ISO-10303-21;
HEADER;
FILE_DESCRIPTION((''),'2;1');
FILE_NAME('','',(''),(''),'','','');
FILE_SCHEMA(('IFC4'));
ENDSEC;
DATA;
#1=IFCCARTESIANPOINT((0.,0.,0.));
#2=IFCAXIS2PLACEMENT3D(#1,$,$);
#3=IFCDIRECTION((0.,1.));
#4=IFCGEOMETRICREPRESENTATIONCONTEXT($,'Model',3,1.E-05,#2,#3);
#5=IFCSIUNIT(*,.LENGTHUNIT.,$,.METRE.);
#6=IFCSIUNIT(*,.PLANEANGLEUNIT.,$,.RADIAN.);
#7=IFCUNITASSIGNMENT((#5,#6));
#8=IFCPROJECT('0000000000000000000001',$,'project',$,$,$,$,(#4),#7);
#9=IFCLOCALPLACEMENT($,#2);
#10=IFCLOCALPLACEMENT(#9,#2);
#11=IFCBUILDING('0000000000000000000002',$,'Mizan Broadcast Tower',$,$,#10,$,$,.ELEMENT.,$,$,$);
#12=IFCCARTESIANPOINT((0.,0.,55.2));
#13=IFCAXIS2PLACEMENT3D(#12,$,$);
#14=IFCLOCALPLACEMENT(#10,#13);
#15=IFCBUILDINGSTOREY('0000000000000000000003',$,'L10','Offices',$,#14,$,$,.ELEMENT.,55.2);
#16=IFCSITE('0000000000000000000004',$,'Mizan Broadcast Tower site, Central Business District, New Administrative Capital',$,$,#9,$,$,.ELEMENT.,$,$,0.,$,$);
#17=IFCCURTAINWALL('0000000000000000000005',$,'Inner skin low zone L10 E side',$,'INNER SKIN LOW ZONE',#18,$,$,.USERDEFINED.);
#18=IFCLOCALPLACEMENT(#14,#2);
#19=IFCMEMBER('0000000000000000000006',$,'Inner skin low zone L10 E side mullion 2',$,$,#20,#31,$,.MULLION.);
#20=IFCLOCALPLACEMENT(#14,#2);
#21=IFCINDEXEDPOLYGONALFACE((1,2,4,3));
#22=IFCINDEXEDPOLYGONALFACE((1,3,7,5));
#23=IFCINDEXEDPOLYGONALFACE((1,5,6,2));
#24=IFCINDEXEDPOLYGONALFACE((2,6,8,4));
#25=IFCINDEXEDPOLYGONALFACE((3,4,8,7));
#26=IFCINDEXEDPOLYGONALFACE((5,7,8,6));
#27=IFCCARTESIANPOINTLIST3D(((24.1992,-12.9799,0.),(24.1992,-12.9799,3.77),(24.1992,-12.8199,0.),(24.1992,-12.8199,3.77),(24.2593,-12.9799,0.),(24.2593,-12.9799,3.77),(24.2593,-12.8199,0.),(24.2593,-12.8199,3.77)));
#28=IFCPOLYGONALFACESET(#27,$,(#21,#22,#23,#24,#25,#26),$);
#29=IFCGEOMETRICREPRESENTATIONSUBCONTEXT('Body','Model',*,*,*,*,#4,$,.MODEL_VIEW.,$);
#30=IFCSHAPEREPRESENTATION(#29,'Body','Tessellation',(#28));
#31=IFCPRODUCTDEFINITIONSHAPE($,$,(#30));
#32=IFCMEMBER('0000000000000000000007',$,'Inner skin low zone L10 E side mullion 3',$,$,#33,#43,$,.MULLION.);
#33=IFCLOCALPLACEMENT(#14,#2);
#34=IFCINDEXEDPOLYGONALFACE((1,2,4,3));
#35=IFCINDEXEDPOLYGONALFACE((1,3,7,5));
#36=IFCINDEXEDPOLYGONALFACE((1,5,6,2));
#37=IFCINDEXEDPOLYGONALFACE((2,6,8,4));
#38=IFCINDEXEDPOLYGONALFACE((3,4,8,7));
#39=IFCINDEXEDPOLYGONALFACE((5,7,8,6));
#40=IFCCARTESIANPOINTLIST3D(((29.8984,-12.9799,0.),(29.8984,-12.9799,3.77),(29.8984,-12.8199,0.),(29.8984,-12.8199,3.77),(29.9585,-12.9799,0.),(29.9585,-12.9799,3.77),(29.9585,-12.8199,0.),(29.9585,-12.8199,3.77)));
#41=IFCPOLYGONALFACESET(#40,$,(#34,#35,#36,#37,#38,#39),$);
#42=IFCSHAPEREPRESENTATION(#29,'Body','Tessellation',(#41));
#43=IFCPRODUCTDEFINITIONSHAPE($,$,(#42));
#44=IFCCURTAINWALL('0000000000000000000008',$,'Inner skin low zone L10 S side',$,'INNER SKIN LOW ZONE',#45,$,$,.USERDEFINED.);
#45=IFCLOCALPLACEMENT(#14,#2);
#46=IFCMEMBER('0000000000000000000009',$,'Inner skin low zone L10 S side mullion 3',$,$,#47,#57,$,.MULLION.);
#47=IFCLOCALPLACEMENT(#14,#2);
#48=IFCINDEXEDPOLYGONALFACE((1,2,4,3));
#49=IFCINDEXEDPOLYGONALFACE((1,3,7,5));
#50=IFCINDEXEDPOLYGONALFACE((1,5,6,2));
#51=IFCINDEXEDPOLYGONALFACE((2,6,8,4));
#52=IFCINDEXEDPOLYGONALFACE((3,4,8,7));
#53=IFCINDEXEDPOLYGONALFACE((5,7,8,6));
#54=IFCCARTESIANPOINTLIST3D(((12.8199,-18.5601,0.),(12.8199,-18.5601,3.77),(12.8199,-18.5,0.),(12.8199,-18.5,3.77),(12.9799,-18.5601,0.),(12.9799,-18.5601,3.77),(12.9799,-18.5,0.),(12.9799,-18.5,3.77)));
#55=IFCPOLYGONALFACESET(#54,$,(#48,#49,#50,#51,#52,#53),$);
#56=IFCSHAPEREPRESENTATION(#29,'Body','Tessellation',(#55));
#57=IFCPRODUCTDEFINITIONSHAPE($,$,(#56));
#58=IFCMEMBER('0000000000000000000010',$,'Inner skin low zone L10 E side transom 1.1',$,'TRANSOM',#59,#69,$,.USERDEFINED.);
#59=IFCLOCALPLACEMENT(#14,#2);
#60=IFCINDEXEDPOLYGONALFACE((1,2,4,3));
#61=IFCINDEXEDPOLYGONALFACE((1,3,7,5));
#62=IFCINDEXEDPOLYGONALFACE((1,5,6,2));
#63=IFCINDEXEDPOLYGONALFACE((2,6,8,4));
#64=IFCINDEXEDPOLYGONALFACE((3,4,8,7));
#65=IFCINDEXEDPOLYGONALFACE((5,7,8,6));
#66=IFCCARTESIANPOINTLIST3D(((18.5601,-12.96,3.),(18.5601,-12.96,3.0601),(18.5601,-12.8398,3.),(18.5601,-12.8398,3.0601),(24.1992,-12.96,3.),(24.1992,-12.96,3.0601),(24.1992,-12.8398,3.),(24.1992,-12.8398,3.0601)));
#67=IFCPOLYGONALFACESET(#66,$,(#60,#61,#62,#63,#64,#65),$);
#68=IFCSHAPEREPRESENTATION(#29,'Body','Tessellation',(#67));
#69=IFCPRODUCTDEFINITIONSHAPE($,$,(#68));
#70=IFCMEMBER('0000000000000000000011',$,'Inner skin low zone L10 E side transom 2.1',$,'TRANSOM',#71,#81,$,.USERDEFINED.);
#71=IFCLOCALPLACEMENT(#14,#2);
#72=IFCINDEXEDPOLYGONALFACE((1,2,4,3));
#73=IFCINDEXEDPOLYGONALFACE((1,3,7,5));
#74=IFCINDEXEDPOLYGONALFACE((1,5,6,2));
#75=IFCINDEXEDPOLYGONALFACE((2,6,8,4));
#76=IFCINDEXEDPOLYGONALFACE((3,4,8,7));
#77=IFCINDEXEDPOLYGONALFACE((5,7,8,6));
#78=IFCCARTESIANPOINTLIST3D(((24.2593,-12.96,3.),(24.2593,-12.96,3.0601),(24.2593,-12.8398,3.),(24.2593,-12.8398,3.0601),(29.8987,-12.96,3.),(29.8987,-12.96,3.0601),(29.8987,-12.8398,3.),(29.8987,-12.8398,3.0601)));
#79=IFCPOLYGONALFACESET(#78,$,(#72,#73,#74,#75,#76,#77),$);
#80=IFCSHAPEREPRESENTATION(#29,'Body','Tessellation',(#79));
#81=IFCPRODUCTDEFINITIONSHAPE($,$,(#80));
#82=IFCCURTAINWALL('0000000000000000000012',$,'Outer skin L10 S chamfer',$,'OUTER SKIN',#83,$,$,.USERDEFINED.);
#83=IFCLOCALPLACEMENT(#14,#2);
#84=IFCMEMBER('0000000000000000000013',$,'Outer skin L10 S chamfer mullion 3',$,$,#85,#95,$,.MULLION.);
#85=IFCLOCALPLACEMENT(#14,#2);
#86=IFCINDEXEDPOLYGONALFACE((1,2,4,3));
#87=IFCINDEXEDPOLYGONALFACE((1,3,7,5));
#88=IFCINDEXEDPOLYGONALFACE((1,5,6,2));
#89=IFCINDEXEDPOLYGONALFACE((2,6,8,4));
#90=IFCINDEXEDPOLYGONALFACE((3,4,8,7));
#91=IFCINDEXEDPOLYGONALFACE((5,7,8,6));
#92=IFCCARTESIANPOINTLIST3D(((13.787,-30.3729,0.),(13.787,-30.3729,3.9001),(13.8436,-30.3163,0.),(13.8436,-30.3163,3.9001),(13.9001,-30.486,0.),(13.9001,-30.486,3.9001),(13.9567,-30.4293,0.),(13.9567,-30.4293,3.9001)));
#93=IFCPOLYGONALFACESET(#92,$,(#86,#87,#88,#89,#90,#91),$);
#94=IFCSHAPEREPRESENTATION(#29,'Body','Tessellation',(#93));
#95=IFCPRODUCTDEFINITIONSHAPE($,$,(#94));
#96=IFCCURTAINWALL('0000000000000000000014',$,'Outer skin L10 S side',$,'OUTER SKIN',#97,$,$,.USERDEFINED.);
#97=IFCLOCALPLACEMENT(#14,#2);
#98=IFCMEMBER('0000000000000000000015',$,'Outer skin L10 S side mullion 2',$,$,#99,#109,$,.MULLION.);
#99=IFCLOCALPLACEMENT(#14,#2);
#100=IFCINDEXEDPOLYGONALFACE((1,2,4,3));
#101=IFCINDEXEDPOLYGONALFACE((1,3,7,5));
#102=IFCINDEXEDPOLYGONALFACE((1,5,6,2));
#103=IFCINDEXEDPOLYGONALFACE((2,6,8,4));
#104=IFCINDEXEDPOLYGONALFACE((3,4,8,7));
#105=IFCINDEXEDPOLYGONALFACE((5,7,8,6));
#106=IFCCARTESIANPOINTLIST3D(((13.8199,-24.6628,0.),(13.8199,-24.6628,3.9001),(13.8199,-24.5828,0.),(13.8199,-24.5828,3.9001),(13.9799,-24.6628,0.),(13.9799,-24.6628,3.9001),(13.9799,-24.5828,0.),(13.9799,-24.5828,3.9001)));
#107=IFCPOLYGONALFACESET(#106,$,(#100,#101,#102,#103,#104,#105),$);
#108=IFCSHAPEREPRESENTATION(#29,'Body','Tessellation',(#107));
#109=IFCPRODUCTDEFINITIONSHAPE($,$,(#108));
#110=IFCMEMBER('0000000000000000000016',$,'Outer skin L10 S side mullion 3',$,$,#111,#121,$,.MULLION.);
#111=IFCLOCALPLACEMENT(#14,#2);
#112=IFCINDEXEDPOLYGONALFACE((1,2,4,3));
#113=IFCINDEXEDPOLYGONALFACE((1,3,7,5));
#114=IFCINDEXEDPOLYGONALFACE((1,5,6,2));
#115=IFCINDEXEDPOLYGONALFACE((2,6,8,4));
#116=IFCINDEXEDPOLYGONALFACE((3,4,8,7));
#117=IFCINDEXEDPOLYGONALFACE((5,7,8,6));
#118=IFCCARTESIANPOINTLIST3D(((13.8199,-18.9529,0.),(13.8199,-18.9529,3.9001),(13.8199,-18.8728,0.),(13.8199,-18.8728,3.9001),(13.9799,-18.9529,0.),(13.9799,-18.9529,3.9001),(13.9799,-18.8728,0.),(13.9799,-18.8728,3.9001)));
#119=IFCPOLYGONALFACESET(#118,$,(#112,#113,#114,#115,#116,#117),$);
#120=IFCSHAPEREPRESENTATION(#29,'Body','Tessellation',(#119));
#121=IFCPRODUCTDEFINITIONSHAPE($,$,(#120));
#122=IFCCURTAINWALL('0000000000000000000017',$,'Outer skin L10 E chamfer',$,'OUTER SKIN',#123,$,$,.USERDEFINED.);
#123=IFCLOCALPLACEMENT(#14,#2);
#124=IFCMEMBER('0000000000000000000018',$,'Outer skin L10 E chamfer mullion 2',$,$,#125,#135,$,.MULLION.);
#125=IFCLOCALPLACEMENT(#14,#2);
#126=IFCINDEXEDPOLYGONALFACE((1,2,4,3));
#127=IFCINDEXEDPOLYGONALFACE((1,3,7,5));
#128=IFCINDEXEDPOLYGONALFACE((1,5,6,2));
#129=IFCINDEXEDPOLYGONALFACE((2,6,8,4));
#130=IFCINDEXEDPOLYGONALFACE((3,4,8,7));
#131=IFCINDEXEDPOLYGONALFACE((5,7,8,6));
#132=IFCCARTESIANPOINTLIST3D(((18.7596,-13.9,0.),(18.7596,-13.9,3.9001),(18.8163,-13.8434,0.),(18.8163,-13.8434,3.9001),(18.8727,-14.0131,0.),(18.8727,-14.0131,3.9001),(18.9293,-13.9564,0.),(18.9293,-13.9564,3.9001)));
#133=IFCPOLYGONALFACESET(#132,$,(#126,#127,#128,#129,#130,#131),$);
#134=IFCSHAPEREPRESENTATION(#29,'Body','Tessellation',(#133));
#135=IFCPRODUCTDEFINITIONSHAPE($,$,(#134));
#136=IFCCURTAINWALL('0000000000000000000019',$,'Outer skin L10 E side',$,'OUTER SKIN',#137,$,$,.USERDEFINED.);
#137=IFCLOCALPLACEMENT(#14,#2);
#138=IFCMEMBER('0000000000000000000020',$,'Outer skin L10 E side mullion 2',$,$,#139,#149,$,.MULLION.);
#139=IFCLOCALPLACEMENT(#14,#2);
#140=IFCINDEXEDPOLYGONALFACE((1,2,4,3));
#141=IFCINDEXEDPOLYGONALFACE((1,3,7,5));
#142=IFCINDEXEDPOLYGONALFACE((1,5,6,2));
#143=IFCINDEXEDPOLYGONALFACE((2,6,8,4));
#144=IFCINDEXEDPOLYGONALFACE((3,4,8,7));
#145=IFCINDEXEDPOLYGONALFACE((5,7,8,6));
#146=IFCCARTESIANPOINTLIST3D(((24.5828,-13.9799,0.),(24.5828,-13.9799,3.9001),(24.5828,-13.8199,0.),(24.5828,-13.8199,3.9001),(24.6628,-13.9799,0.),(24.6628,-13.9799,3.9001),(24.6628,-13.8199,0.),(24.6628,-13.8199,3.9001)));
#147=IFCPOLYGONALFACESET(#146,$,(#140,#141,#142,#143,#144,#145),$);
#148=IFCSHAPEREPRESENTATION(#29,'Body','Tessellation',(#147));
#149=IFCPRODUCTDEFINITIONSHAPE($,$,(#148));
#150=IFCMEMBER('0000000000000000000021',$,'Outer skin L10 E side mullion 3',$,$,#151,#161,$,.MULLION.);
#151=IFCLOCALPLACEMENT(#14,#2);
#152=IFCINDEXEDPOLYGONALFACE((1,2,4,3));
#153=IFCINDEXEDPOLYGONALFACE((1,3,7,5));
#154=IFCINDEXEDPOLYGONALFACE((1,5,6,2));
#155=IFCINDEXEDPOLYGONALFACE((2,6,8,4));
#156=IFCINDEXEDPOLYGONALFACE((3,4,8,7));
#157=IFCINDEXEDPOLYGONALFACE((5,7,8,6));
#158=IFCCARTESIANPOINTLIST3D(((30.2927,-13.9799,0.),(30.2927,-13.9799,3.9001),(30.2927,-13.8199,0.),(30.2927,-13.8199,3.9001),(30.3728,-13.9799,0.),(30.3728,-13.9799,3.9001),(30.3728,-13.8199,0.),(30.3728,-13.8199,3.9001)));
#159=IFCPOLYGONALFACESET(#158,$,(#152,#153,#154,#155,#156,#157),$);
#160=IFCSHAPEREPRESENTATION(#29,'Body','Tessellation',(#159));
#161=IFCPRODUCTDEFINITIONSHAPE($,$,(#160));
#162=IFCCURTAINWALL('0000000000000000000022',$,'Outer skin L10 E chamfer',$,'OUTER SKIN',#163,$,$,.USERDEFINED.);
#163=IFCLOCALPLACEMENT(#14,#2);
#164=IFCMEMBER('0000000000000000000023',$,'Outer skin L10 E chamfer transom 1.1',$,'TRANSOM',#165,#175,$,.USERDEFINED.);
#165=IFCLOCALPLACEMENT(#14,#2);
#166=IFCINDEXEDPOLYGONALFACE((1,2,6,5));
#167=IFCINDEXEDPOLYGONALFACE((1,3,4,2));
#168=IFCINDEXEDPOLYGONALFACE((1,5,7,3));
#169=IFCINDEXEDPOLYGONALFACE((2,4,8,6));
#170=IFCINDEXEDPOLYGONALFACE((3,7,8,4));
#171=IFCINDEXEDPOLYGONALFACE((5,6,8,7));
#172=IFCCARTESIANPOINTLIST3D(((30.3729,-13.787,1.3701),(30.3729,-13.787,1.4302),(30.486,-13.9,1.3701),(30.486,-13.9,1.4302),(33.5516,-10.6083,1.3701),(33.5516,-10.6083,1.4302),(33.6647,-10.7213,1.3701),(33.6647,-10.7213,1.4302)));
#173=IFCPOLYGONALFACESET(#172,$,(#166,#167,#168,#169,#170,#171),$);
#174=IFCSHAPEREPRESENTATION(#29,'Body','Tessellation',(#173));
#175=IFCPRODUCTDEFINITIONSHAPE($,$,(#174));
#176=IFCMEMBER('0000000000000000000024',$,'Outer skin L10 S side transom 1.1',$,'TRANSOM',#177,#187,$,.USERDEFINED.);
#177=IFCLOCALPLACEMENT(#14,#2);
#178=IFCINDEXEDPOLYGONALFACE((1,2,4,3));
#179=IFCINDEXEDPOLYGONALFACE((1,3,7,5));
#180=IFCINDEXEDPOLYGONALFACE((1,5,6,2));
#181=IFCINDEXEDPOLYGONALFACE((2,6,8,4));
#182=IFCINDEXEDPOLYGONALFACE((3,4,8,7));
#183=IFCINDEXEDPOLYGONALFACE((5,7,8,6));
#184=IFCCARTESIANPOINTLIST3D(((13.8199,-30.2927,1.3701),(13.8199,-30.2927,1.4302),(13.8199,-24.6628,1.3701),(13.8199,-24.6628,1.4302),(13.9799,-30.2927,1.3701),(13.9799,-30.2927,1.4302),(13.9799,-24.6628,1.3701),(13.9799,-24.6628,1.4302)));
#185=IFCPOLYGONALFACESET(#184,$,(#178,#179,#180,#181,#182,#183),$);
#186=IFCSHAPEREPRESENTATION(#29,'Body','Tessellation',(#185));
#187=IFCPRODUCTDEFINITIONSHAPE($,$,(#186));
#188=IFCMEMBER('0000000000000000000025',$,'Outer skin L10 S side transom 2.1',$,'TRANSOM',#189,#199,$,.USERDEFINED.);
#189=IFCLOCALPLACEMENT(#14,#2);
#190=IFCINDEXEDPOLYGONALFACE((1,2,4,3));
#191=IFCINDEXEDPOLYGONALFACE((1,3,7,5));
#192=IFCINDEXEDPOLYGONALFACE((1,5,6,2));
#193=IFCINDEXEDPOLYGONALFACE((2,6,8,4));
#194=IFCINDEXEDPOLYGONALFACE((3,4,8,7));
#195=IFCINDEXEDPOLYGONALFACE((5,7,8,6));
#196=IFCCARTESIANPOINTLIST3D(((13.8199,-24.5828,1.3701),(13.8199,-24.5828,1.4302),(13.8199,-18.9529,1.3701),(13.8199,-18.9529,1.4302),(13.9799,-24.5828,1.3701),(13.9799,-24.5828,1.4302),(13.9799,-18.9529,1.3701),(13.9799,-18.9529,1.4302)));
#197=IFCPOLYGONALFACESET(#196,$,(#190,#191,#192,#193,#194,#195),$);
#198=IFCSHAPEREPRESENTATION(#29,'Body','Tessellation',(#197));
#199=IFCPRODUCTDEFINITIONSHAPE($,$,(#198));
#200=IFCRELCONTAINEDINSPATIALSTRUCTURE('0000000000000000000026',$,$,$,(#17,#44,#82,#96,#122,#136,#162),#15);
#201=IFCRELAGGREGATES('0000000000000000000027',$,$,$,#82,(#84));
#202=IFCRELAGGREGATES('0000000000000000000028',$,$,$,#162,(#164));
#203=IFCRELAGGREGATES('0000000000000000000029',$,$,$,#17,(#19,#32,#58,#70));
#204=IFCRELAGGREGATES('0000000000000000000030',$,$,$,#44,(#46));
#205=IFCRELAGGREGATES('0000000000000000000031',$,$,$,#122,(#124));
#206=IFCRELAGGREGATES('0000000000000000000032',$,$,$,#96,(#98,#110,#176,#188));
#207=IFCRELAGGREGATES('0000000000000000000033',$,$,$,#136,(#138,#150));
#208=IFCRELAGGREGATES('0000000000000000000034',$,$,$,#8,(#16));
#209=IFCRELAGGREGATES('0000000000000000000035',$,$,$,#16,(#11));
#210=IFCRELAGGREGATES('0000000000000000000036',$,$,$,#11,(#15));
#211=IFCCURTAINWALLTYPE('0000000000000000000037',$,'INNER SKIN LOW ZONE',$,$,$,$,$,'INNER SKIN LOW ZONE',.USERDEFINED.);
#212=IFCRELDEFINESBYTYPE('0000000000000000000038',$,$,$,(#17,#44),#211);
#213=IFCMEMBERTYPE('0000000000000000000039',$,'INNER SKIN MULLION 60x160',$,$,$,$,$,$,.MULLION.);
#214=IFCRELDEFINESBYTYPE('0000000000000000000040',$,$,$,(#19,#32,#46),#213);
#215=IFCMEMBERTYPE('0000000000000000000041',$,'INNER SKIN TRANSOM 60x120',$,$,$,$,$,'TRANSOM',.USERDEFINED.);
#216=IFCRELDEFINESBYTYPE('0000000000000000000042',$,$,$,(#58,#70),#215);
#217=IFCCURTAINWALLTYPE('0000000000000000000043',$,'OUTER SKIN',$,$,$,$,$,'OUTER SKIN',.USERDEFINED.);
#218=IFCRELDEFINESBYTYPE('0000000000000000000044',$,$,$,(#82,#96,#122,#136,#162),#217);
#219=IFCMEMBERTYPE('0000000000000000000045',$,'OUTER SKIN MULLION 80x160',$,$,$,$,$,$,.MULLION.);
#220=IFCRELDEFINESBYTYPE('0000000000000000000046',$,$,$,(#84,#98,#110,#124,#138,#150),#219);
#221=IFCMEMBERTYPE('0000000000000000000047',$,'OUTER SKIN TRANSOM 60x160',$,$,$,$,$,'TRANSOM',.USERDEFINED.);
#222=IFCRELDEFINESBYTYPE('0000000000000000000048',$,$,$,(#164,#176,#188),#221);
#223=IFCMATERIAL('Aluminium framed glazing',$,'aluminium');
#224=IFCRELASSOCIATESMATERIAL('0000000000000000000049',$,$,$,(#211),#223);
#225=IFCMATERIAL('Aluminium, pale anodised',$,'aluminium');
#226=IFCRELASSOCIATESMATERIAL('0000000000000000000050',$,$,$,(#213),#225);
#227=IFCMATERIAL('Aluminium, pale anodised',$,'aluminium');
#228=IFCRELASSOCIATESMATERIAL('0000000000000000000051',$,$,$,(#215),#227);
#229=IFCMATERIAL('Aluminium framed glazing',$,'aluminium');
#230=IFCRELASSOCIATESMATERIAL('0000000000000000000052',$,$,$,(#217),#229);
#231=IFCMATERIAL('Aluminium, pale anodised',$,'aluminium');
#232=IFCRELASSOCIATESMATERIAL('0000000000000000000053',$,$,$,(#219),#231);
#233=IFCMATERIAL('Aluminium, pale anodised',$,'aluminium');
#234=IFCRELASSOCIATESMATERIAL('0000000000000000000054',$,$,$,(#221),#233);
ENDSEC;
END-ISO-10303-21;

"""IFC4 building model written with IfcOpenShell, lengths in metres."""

from ifc_helpers import new_model, si_unit, direction, frame, origin, origin_2d, place, context, subcontext, project, spatial, rectangle, extrude, material, material_profile, profile_set, type_object, element, aggregate, save


model = new_model("IFC4")

# Units and contexts
model_context = context("Model", 3, precision=1e-05, world=origin(), true_north=direction((0.0, 1.0)))
body_context = subcontext(model_context, "Body", "Model", "MODEL_VIEW")
ifc_project = project(units=[si_unit("LENGTHUNIT", "METRE"), si_unit("PLANEANGLEUNIT", "RADIAN")], contexts=[model_context])

# Site, building, storey
site_placement = place(None, origin())
site = spatial("IfcSite", under=ifc_project, at=site_placement, Name="Mizan Broadcast Tower site, Central Business District, New Administrative Capital", CompositionType="ELEMENT", RefElevation=0.0)
building_placement = place(site_placement, origin())
building = spatial("IfcBuilding", under=site, at=building_placement, Name="Mizan Broadcast Tower", CompositionType="ELEMENT")
storey_placement = place(building_placement, frame((0.0, 0.0, 55.2)))
storey = spatial("IfcBuildingStorey", under=building, at=storey_placement, Name="L10", Description="Offices", CompositionType="ELEMENT", Elevation=55.2)

# Curtain wall, members
ifc_material_1 = material(Name="Aluminium framed glazing", Category="aluminium")
curtain_wall_type_1 = type_object("IfcCurtainWallType", Name="INNER SKIN LOW ZONE", ElementType="INNER SKIN LOW ZONE", PredefinedType="USERDEFINED", material=ifc_material_1)
curtain_wall_1_placement = place(storey_placement, origin())
curtain_wall_1 = element("IfcCurtainWall", 1, at=curtain_wall_1_placement, inside=storey, type_object=curtain_wall_type_1, Name="Inner skin low zone L10 E side", ObjectType="INNER SKIN LOW ZONE", PredefinedType="USERDEFINED")
ifc_material_2 = material(Name="Aluminium, pale anodised", Category="aluminium")
ifc_material_profile_1 = material_profile(ifc_material_2, rectangle(XDim=0.1599, YDim=0.0601, at=origin_2d()), Name="MULLION 160x60")
ifc_profile_set_1 = profile_set([ifc_material_profile_1], Name="Aluminium, pale anodised")
member_type_1 = type_object("IfcMemberType", Name="INNER SKIN MULLION 60x160", PredefinedType="MULLION", material=ifc_profile_set_1)
member_1_placement = place(storey_placement, frame((24.2292, -12.8999, 0.0), z_axis=(0.0, 0.0, 1.0), x_axis=(0.0, 1.0, 0.0)))
member_1 = element("IfcMember", 2, at=member_1_placement, type_object=member_type_1, Name="Inner skin low zone L10 E side mullion 2", PredefinedType="MULLION", context=body_context, shape_type="SweptSolid", body=[
    extrude(rectangle(XDim=0.1599, YDim=0.0601, at=origin_2d()), origin(), (0.0, 0.0, 1.0), 3.77),
])
member_2_placement = place(storey_placement, frame((29.9285, -12.8999, 0.0), z_axis=(0.0, 0.0, 1.0), x_axis=(0.0, 1.0, 0.0)))
member_2 = element("IfcMember", 3, at=member_2_placement, type_object=member_type_1, Name="Inner skin low zone L10 E side mullion 3", PredefinedType="MULLION", context=body_context, shape_type="SweptSolid", body=[
    extrude(rectangle(XDim=0.1599, YDim=0.0601, at=origin_2d()), origin(), (0.0, 0.0, 1.0), 3.77),
])

# Curtain wall, member
curtain_wall_2_placement = place(storey_placement, origin())
curtain_wall_2 = element("IfcCurtainWall", 4, at=curtain_wall_2_placement, inside=storey, type_object=curtain_wall_type_1, Name="Inner skin low zone L10 S side", ObjectType="INNER SKIN LOW ZONE", PredefinedType="USERDEFINED")
member_3_placement = place(storey_placement, frame((12.8999, -18.53, 0.0), z_axis=(0.0, 0.0, 1.0), x_axis=(-1.0, 0.0, 0.0)))
member_3 = element("IfcMember", 5, at=member_3_placement, type_object=member_type_1, Name="Inner skin low zone L10 S side mullion 3", PredefinedType="MULLION", context=body_context, shape_type="SweptSolid", body=[
    extrude(rectangle(XDim=0.1599, YDim=0.0601, at=origin_2d()), origin(), (0.0, 0.0, 1.0), 3.77),
])

# Members
ifc_material_3 = material(Name="Aluminium, pale anodised", Category="aluminium")
ifc_material_profile_2 = material_profile(ifc_material_3, rectangle(XDim=0.1201, YDim=0.0601, at=origin_2d()), Name="TRANSOM 120x60")
ifc_profile_set_2 = profile_set([ifc_material_profile_2], Name="Aluminium, pale anodised")
member_type_2 = type_object("IfcMemberType", Name="INNER SKIN TRANSOM 60x120", ElementType="TRANSOM", PredefinedType="USERDEFINED", material=ifc_profile_set_2)
member_4_placement = place(storey_placement, frame((18.5601, -12.8999, 3.03), z_axis=(1.0, 0.0, 0.0), x_axis=(0.0, 1.0, 0.0)))
member_4 = element("IfcMember", 6, at=member_4_placement, type_object=member_type_2, Name="Inner skin low zone L10 E side transom 1.1", ObjectType="TRANSOM", PredefinedType="USERDEFINED", context=body_context, shape_type="SweptSolid", body=[
    extrude(rectangle(XDim=0.1201, YDim=0.0601, at=origin_2d()), origin(), (0.0, 0.0, 1.0), 5.6392),
])
member_5_placement = place(storey_placement, frame((24.2593, -12.8999, 3.03), z_axis=(1.0, 0.0, 0.0), x_axis=(0.0, 1.0, 0.0)))
member_5 = element("IfcMember", 7, at=member_5_placement, type_object=member_type_2, Name="Inner skin low zone L10 E side transom 2.1", ObjectType="TRANSOM", PredefinedType="USERDEFINED", context=body_context, shape_type="SweptSolid", body=[
    extrude(rectangle(XDim=0.1201, YDim=0.0601, at=origin_2d()), origin(), (0.0, 0.0, 1.0), 5.6394),
])

# Curtain wall, member
ifc_material_4 = material(Name="Aluminium framed glazing", Category="aluminium")
curtain_wall_type_2 = type_object("IfcCurtainWallType", Name="OUTER SKIN", ElementType="OUTER SKIN", PredefinedType="USERDEFINED", material=ifc_material_4)
curtain_wall_3_placement = place(storey_placement, origin())
curtain_wall_3 = element("IfcCurtainWall", 8, at=curtain_wall_3_placement, inside=storey, type_object=curtain_wall_type_2, Name="Outer skin L10 S chamfer", ObjectType="OUTER SKIN", PredefinedType="USERDEFINED")
ifc_material_5 = material(Name="Aluminium, pale anodised", Category="aluminium")
ifc_material_profile_3 = material_profile(ifc_material_5, rectangle(XDim=0.1599, YDim=0.0801, at=origin_2d()), Name="MULLION 160x80")
ifc_profile_set_3 = profile_set([ifc_material_profile_3], Name="Aluminium, pale anodised")
member_type_3 = type_object("IfcMemberType", Name="OUTER SKIN MULLION 80x160", PredefinedType="MULLION", material=ifc_profile_set_3)
member_6_placement = place(storey_placement, frame((13.8718, -30.4011, 0.0), z_axis=(0.0, 0.0, 1.0), x_axis=(-0.707107, 0.707107, 0.0)))
member_6 = element("IfcMember", 9, at=member_6_placement, type_object=member_type_3, Name="Outer skin L10 S chamfer mullion 3", PredefinedType="MULLION", context=body_context, shape_type="SweptSolid", body=[
    extrude(rectangle(XDim=0.1599, YDim=0.0801, at=origin_2d()), origin(), (0.0, 0.0, 1.0), 3.9001),
])
aggregate(curtain_wall_3, [member_6])

# Curtain wall, members
curtain_wall_4_placement = place(storey_placement, origin())
curtain_wall_4 = element("IfcCurtainWall", 10, at=curtain_wall_4_placement, inside=storey, type_object=curtain_wall_type_2, Name="Outer skin L10 S side", ObjectType="OUTER SKIN", PredefinedType="USERDEFINED")
member_7_placement = place(storey_placement, frame((13.8999, -24.6228, 0.0), z_axis=(0.0, 0.0, 1.0), x_axis=(-1.0, 0.0, 0.0)))
member_7 = element("IfcMember", 11, at=member_7_placement, type_object=member_type_3, Name="Outer skin L10 S side mullion 2", PredefinedType="MULLION", context=body_context, shape_type="SweptSolid", body=[
    extrude(rectangle(XDim=0.1599, YDim=0.0801, at=origin_2d()), origin(), (0.0, 0.0, 1.0), 3.9001),
])
member_8_placement = place(storey_placement, frame((13.8999, -18.9128, 0.0), z_axis=(0.0, 0.0, 1.0), x_axis=(-1.0, 0.0, 0.0)))
member_8 = element("IfcMember", 12, at=member_8_placement, type_object=member_type_3, Name="Outer skin L10 S side mullion 3", PredefinedType="MULLION", context=body_context, shape_type="SweptSolid", body=[
    extrude(rectangle(XDim=0.1599, YDim=0.0801, at=origin_2d()), origin(), (0.0, 0.0, 1.0), 3.9001),
])

# Curtain wall, member
curtain_wall_5_placement = place(storey_placement, origin())
curtain_wall_5 = element("IfcCurtainWall", 13, at=curtain_wall_5_placement, inside=storey, type_object=curtain_wall_type_2, Name="Outer skin L10 E chamfer", ObjectType="OUTER SKIN", PredefinedType="USERDEFINED")
member_9_placement = place(storey_placement, frame((18.8445, -13.9282, 0.0), z_axis=(0.0, 0.0, 1.0), x_axis=(-0.707107, 0.707107, 0.0)))
member_9 = element("IfcMember", 14, at=member_9_placement, type_object=member_type_3, Name="Outer skin L10 E chamfer mullion 2", PredefinedType="MULLION", context=body_context, shape_type="SweptSolid", body=[
    extrude(rectangle(XDim=0.1599, YDim=0.0801, at=origin_2d()), origin(), (0.0, 0.0, 1.0), 3.9001),
])

# Curtain wall, members
curtain_wall_6_placement = place(storey_placement, origin())
curtain_wall_6 = element("IfcCurtainWall", 15, at=curtain_wall_6_placement, inside=storey, type_object=curtain_wall_type_2, Name="Outer skin L10 E side", ObjectType="OUTER SKIN", PredefinedType="USERDEFINED")
member_10_placement = place(storey_placement, frame((24.6228, -13.8999, 0.0), z_axis=(0.0, 0.0, 1.0), x_axis=(0.0, 1.0, 0.0)))
member_10 = element("IfcMember", 16, at=member_10_placement, type_object=member_type_3, Name="Outer skin L10 E side mullion 2", PredefinedType="MULLION", context=body_context, shape_type="SweptSolid", body=[
    extrude(rectangle(XDim=0.1599, YDim=0.0801, at=origin_2d()), origin(), (0.0, 0.0, 1.0), 3.9001),
])
member_11_placement = place(storey_placement, frame((30.3328, -13.8999, 0.0), z_axis=(0.0, 0.0, 1.0), x_axis=(0.0, 1.0, 0.0)))
member_11 = element("IfcMember", 17, at=member_11_placement, type_object=member_type_3, Name="Outer skin L10 E side mullion 3", PredefinedType="MULLION", context=body_context, shape_type="SweptSolid", body=[
    extrude(rectangle(XDim=0.1599, YDim=0.0801, at=origin_2d()), origin(), (0.0, 0.0, 1.0), 3.9001),
])

# Curtain wall, member
curtain_wall_7_placement = place(storey_placement, origin())
curtain_wall_7 = element("IfcCurtainWall", 18, at=curtain_wall_7_placement, inside=storey, type_object=curtain_wall_type_2, Name="Outer skin L10 E chamfer", ObjectType="OUTER SKIN", PredefinedType="USERDEFINED")
ifc_material_6 = material(Name="Aluminium, pale anodised", Category="aluminium")
ifc_material_profile_4 = material_profile(ifc_material_6, rectangle(XDim=0.1599, YDim=0.0601, at=origin_2d()), Name="TRANSOM 160x60")
ifc_profile_set_4 = profile_set([ifc_material_profile_4], Name="Aluminium, pale anodised")
member_type_4 = type_object("IfcMemberType", Name="OUTER SKIN TRANSOM 60x160", ElementType="TRANSOM", PredefinedType="USERDEFINED", material=ifc_profile_set_4)
member_12_placement = place(storey_placement, frame((30.4294, -13.8435, 1.4001), z_axis=(0.707107, 0.707107, 0.0), x_axis=(-0.707107, 0.707107, 0.0)))
member_12 = element("IfcMember", 19, at=member_12_placement, type_object=member_type_4, Name="Outer skin L10 E chamfer transom 1.1", ObjectType="TRANSOM", PredefinedType="USERDEFINED", context=body_context, shape_type="SweptSolid", body=[
    extrude(rectangle(XDim=0.1599, YDim=0.0601, at=origin_2d()), origin(), (0.0, 0.0, 1.0), 4.4954),
])
aggregate(curtain_wall_7, [member_12])

# Members
member_13_placement = place(storey_placement, frame((13.8999, -30.2927, 1.4001), z_axis=(0.0, 1.0, 0.0), x_axis=(-1.0, 0.0, 0.0)))
member_13 = element("IfcMember", 20, at=member_13_placement, type_object=member_type_4, Name="Outer skin L10 S side transom 1.1", ObjectType="TRANSOM", PredefinedType="USERDEFINED", context=body_context, shape_type="SweptSolid", body=[
    extrude(rectangle(XDim=0.1599, YDim=0.0601, at=origin_2d()), origin(), (0.0, 0.0, 1.0), 5.6299),
])
member_14_placement = place(storey_placement, frame((13.8999, -24.5828, 1.4001), z_axis=(0.0, 1.0, 0.0), x_axis=(-1.0, 0.0, 0.0)))
member_14 = element("IfcMember", 21, at=member_14_placement, type_object=member_type_4, Name="Outer skin L10 S side transom 2.1", ObjectType="TRANSOM", PredefinedType="USERDEFINED", context=body_context, shape_type="SweptSolid", body=[
    extrude(rectangle(XDim=0.1599, YDim=0.0601, at=origin_2d()), origin(), (0.0, 0.0, 1.0), 5.6299),
])

aggregate(curtain_wall_1, [member_1, member_2, member_4, member_5])
aggregate(curtain_wall_2, [member_3])
aggregate(curtain_wall_5, [member_9])
aggregate(curtain_wall_4, [member_7, member_8, member_13, member_14])
aggregate(curtain_wall_6, [member_10, member_11])

save(model, "model.ifc")
